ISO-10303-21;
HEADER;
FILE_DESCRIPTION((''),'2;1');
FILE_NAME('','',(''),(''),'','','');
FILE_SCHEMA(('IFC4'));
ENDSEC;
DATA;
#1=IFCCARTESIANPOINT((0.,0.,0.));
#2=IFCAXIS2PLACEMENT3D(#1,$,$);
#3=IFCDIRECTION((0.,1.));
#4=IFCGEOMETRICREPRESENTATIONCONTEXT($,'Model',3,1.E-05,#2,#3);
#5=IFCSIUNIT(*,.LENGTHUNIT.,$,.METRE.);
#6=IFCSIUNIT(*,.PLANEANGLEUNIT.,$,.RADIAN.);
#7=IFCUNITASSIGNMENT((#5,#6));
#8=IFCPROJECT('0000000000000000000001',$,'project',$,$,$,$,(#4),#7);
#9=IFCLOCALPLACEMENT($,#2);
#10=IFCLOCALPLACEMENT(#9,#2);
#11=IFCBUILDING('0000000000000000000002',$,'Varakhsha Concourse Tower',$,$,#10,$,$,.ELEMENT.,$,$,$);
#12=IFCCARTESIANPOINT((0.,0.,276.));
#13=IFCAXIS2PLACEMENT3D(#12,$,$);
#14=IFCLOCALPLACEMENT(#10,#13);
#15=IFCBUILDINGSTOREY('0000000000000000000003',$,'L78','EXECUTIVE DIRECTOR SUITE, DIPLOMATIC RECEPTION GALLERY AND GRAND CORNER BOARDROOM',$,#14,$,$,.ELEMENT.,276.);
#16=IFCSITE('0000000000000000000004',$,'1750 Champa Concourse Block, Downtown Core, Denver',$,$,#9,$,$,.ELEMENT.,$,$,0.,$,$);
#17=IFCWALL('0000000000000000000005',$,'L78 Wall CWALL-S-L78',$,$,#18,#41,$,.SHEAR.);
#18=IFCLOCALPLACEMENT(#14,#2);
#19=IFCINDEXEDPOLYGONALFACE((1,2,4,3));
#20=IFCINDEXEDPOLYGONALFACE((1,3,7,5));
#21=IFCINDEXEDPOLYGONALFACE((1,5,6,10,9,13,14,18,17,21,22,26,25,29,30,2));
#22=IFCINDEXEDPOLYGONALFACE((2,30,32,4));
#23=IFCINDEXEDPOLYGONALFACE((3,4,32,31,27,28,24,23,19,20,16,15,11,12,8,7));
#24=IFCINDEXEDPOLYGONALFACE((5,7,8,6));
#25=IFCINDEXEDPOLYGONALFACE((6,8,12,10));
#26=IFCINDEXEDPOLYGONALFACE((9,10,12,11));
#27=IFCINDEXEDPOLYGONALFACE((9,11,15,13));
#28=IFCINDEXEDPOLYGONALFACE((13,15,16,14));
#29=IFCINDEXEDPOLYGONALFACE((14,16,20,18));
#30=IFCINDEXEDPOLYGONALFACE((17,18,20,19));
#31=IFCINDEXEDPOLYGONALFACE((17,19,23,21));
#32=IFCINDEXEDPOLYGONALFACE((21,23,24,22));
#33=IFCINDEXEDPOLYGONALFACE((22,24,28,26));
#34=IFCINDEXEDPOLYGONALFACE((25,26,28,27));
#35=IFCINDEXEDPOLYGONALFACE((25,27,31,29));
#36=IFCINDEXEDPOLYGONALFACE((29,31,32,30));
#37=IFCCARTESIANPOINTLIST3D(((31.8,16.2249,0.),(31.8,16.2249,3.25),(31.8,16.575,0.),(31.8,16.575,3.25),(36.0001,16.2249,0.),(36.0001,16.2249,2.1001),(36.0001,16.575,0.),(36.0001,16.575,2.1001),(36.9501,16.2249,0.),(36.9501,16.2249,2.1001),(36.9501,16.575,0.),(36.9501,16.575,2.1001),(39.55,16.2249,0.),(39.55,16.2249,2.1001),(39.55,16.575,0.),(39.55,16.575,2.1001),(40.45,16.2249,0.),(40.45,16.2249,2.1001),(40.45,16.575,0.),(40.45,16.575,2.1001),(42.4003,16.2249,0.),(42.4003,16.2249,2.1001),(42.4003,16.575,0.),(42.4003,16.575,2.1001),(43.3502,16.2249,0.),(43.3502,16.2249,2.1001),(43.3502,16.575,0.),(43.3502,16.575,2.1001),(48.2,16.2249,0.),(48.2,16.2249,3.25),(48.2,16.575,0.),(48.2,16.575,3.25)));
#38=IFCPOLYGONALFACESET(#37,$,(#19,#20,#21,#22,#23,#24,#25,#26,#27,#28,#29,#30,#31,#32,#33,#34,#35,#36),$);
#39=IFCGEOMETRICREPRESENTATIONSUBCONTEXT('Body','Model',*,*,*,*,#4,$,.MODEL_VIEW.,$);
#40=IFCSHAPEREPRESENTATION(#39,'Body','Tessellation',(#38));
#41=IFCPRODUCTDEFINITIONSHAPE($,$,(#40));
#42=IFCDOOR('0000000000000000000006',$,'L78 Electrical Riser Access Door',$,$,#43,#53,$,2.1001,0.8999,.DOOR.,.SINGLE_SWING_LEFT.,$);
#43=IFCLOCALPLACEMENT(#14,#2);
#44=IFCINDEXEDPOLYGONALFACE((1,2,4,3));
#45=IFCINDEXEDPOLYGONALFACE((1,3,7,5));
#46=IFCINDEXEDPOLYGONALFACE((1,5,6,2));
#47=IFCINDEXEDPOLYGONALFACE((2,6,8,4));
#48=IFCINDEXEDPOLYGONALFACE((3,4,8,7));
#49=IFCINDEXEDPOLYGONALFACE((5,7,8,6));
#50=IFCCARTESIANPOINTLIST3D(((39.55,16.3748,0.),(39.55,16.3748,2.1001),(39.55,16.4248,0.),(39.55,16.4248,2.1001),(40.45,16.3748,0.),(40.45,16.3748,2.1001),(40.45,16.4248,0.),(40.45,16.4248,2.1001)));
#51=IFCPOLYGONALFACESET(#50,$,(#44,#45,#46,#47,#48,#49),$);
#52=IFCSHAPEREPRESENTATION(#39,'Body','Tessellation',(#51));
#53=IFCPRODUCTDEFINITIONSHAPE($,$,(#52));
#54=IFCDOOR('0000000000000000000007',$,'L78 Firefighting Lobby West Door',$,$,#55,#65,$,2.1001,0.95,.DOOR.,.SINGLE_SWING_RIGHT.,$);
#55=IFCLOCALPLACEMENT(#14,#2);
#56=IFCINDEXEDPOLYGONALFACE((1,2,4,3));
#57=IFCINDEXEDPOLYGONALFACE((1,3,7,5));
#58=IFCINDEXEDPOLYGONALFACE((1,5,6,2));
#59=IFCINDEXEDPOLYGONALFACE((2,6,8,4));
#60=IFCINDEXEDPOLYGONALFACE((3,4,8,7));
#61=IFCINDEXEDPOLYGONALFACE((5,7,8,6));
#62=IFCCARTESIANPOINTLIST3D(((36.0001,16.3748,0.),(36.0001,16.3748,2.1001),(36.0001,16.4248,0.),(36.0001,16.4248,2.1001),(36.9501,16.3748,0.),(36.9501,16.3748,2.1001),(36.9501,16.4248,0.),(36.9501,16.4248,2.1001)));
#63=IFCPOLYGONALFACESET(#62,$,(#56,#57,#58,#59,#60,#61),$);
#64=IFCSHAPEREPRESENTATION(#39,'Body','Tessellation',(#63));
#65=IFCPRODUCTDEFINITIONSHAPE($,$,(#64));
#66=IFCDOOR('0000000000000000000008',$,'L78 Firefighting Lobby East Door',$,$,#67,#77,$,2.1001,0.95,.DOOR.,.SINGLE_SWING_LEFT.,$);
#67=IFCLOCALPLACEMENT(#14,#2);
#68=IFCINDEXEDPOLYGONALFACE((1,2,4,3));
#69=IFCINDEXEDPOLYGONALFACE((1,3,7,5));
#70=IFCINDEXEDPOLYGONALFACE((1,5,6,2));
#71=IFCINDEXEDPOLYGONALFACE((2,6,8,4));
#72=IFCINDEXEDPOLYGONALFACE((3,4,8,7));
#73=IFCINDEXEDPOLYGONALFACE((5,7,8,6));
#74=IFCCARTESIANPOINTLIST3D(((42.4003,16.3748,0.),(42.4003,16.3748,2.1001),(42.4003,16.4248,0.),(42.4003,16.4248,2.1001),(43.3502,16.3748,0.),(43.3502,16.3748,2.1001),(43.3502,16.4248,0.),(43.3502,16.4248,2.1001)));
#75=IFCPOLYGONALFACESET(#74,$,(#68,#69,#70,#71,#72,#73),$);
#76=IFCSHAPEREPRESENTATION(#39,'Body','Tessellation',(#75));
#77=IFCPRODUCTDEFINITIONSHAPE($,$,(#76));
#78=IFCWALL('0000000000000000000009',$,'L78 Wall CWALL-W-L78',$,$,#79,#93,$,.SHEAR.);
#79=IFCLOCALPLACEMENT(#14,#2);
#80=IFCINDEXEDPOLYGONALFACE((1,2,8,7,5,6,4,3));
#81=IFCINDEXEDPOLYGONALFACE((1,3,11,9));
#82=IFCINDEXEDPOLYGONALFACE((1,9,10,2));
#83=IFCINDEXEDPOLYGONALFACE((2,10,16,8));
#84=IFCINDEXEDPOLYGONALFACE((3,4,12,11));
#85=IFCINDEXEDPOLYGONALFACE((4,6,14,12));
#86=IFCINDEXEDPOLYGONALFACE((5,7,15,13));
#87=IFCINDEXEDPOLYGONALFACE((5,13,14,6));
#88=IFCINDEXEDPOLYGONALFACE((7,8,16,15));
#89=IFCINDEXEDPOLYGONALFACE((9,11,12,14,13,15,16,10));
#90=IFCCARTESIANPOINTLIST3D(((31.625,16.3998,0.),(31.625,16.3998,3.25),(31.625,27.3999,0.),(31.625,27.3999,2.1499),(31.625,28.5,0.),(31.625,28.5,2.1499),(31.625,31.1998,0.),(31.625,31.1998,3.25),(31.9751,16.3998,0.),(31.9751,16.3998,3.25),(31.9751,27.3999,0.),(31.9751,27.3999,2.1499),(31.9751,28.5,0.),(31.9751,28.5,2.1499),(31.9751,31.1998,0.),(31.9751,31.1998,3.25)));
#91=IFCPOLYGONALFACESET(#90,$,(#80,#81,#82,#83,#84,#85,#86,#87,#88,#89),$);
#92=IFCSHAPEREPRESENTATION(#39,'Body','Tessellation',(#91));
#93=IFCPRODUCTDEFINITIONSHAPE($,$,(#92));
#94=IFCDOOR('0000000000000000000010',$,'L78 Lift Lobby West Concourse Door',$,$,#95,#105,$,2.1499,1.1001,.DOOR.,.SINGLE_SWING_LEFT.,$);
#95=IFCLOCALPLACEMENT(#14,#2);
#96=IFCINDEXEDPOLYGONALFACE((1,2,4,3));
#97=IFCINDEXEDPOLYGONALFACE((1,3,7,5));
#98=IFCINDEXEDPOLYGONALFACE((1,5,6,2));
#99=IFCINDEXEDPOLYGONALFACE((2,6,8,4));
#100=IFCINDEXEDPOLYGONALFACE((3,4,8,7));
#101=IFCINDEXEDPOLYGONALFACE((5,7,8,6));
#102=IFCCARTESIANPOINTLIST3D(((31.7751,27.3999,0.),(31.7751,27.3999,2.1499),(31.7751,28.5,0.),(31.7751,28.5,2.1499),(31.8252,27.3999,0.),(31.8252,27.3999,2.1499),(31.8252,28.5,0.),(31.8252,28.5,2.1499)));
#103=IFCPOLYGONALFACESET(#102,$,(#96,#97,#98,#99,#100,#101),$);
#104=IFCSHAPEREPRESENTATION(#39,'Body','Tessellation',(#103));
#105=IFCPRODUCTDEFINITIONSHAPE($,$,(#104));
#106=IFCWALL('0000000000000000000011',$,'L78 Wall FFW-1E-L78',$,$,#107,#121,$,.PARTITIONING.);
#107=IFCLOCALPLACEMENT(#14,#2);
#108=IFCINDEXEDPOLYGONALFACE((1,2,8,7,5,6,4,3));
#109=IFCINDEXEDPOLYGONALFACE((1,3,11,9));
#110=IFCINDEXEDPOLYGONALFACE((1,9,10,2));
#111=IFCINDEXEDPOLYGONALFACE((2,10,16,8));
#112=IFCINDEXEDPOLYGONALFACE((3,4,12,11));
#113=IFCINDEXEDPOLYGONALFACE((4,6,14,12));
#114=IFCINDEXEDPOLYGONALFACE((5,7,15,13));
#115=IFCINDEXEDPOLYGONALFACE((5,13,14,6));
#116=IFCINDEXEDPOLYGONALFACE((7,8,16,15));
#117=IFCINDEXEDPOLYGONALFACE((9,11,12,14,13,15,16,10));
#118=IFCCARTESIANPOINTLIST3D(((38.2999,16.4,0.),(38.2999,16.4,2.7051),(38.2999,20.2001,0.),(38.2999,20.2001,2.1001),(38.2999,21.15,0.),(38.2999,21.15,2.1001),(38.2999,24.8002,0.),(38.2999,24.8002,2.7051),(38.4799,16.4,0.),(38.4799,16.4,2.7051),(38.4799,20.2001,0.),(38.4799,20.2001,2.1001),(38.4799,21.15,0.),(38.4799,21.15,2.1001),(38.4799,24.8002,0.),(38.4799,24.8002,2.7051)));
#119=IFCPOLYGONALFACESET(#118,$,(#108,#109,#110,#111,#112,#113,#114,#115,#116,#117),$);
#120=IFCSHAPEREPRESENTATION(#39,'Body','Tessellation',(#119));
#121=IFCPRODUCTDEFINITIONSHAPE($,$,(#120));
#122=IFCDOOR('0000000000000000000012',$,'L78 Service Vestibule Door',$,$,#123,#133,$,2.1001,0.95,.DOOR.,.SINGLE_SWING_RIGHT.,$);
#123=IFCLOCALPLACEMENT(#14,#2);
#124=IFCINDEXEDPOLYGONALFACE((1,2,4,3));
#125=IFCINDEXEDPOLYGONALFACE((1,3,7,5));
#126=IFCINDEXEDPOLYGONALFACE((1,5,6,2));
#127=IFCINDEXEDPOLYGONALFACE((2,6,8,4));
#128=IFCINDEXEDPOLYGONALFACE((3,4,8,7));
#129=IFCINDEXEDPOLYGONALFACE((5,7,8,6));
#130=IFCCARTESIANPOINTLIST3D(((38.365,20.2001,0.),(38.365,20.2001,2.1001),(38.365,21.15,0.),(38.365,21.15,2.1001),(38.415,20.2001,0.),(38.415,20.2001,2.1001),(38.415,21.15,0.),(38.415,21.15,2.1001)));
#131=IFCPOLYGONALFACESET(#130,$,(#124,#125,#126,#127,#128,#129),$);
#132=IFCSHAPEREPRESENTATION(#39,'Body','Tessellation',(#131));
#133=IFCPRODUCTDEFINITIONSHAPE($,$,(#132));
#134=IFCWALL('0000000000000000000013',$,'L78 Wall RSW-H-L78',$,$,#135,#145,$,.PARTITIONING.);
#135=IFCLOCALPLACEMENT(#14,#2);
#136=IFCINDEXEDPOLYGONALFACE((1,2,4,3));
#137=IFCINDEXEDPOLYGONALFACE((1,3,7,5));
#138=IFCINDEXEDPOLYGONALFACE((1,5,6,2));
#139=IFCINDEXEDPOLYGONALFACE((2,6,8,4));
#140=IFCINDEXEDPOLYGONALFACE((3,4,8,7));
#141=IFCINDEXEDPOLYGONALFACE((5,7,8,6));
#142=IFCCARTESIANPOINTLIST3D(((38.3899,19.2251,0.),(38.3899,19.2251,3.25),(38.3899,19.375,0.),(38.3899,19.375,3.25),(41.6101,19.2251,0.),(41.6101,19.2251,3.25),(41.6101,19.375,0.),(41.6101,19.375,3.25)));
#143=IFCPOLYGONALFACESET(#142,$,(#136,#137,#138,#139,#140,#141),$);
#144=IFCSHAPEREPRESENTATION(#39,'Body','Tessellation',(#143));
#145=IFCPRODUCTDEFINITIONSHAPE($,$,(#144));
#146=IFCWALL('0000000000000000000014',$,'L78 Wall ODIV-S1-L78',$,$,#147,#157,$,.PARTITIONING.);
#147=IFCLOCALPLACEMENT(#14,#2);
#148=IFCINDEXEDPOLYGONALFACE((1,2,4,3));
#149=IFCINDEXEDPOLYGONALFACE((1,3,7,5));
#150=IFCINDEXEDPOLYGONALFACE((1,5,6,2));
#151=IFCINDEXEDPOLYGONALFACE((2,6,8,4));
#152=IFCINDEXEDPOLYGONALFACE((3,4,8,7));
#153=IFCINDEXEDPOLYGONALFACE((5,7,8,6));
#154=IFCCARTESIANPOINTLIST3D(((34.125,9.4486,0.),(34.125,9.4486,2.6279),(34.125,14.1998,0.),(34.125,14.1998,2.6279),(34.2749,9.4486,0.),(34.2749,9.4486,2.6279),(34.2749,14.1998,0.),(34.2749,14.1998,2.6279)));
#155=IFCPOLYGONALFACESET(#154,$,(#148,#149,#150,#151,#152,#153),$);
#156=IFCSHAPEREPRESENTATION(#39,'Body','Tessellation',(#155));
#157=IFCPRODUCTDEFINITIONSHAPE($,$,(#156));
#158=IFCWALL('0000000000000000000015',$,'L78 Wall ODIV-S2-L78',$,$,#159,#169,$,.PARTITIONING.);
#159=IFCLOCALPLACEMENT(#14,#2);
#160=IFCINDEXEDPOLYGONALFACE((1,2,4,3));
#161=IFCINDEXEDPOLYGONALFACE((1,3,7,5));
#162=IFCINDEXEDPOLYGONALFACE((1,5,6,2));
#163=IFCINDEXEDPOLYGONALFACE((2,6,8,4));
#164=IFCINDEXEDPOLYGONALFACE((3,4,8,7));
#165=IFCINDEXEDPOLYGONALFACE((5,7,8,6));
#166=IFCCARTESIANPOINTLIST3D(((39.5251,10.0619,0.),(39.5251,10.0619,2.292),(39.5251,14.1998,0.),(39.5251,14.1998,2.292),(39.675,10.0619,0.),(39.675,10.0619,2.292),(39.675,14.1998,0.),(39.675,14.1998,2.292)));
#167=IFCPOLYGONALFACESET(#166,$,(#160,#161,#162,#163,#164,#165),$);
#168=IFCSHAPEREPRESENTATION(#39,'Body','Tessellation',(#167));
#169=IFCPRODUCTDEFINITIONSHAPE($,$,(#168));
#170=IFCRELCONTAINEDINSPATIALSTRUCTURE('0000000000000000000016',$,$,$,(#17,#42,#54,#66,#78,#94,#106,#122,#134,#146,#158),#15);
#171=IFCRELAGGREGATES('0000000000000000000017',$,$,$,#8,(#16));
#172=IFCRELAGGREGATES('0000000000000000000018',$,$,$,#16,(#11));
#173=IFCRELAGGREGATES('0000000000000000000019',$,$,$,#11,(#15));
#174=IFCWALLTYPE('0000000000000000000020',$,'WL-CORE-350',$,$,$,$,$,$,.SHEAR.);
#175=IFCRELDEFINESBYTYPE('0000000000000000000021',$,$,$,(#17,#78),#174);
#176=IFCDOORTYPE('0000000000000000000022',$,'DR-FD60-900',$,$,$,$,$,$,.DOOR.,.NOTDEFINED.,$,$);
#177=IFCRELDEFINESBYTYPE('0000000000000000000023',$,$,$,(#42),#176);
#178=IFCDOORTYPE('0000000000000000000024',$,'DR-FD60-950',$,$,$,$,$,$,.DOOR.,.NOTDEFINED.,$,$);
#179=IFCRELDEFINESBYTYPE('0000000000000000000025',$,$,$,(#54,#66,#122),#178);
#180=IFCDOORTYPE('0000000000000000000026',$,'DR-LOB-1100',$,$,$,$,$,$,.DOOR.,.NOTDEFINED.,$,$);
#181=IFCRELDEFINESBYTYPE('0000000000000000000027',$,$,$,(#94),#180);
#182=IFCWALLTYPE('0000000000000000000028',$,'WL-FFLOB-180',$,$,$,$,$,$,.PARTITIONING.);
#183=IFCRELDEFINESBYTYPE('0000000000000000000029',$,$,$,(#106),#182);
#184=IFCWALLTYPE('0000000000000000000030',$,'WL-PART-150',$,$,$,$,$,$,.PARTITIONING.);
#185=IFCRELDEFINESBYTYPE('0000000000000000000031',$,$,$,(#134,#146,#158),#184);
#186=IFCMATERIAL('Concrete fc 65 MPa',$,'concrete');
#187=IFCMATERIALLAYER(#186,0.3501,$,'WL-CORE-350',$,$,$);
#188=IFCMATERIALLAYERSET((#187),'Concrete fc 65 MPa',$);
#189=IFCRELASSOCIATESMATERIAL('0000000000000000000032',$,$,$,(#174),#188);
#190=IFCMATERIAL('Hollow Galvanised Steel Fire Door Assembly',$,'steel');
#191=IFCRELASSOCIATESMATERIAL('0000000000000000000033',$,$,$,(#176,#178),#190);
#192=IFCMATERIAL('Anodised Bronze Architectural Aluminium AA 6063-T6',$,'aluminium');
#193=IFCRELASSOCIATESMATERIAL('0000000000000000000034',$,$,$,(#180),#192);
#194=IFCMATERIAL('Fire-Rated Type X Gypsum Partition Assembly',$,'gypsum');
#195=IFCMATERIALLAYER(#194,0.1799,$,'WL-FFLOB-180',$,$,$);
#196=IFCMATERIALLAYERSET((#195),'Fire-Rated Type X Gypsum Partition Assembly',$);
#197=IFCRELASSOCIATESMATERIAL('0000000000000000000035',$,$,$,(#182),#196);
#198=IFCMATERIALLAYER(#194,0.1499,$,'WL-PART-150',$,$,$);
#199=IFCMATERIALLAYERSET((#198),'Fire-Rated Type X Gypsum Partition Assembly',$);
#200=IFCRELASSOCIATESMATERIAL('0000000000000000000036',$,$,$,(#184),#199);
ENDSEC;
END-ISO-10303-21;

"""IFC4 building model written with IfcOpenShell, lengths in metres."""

from ifc_helpers import new_model, si_unit, direction, frame, frame_2d, origin, place, context, subcontext, project, spatial, rectangle, extrude, material, layer, layer_set, type_object, element, fill, save


model = new_model("IFC4")

# Units and contexts
model_context = context("Model", 3, precision=1e-05, world=origin(), true_north=direction((0.0, 1.0)))
body_context = subcontext(model_context, "Body", "Model", "MODEL_VIEW")
ifc_project = project(units=[si_unit("LENGTHUNIT", "METRE"), si_unit("PLANEANGLEUNIT", "RADIAN")], contexts=[model_context])

# Site, building, storey
site_placement = place(None, origin())
site = spatial("IfcSite", under=ifc_project, at=site_placement, Name="1750 Champa Concourse Block, Downtown Core, Denver", CompositionType="ELEMENT", RefElevation=0.0)
building_placement = place(site_placement, origin())
building = spatial("IfcBuilding", under=site, at=building_placement, Name="Varakhsha Concourse Tower", CompositionType="ELEMENT")
storey_placement = place(building_placement, frame((0.0, 0.0, 276.0)))
storey = spatial("IfcBuildingStorey", under=building, at=storey_placement, Name="L78", Description="EXECUTIVE DIRECTOR SUITE, DIPLOMATIC RECEPTION GALLERY AND GRAND CORNER BOARDROOM", CompositionType="ELEMENT", Elevation=276.0)

# Shared definitions
ifc_material_1 = material(Name="Anodised Bronze Architectural Aluminium AA 6063-T6", Category="aluminium")

# Wall, openings, doors
ifc_material_2 = material(Name="Concrete fc 65 MPa", Category="concrete")
ifc_layer_1 = layer(ifc_material_2, 0.3501, Name="WL-CORE-350")
ifc_layer_set_1 = layer_set([ifc_layer_1], Name="Concrete fc 65 MPa")
wall_type_1 = type_object("IfcWallType", Name="WL-CORE-350", PredefinedType="SHEAR", material=ifc_layer_set_1)
wall_1_placement = place(storey_placement, frame((31.8, 16.3999, 0.0), z_axis=(0.0, 0.0, 1.0), x_axis=(1.0, 0.0, 0.0)))
wall_1 = element("IfcWall", 1, at=wall_1_placement, inside=storey, type_object=wall_type_1, Name="L78 Wall CWALL-S-L78", PredefinedType="SHEAR", context=body_context, shape_type="SweptSolid", body=[
    extrude(rectangle(XDim=16.3999, YDim=0.3501, at=frame_2d((8.2, 0.0))), origin(), (0.0, 0.0, 1.0), 3.25),
])
opening_1_placement = place(wall_1_placement, frame((7.75, 0.0, 0.0)))
opening_1 = element("IfcOpeningElement", 2, at=opening_1_placement, cuts=wall_1, PredefinedType="OPENING", context=body_context, shape_type="SweptSolid", body=[
    extrude(rectangle(XDim=0.8999, YDim=2.1001, at=frame_2d((0.45, 1.05))), frame((0.0, 0.1851, 0.0), z_axis=(0.0, -1.0, 0.0), x_axis=(1.0, 0.0, 0.0)), (0.0, 0.0, 1.0), 0.3701),
])
opening_2_placement = place(wall_1_placement, frame((4.2, 0.0, 0.0)))
opening_2 = element("IfcOpeningElement", 3, at=opening_2_placement, cuts=wall_1, PredefinedType="OPENING", context=body_context, shape_type="SweptSolid", body=[
    extrude(rectangle(XDim=0.95, YDim=2.1001, at=frame_2d((0.4751, 1.05))), frame((0.0, 0.1851, 0.0), z_axis=(0.0, -1.0, 0.0), x_axis=(1.0, 0.0, 0.0)), (0.0, 0.0, 1.0), 0.3701),
])
opening_3_placement = place(wall_1_placement, frame((10.6001, 0.0, 0.0)))
opening_3 = element("IfcOpeningElement", 4, at=opening_3_placement, cuts=wall_1, PredefinedType="OPENING", context=body_context, shape_type="SweptSolid", body=[
    extrude(rectangle(XDim=0.95, YDim=2.1001, at=frame_2d((0.4751, 1.05))), frame((0.0, 0.1851, 0.0), z_axis=(0.0, -1.0, 0.0), x_axis=(1.0, 0.0, 0.0)), (0.0, 0.0, 1.0), 0.3701),
])
ifc_material_3 = material(Name="Hollow Galvanised Steel Fire Door Assembly", Category="steel")
door_type_1 = type_object("IfcDoorType", Name="DR-FD60-900", OperationType="NOTDEFINED", PredefinedType="DOOR", material=ifc_material_3)
door_1_placement = place(opening_1_placement, origin())
door_1 = element("IfcDoor", 5, at=door_1_placement, inside=storey, type_object=door_type_1, Name="L78 Electrical Riser Access Door", OperationType="SINGLE_SWING_LEFT", OverallHeight=2.1001, OverallWidth=0.8999, PredefinedType="DOOR", context=body_context, shape_type="SweptSolid", body=[
    extrude(rectangle(XDim=0.8999, YDim=2.1001, at=frame_2d((0.45, 1.05))), frame((0.0, 0.0249, 0.0), z_axis=(0.0, -1.0, 0.0), x_axis=(1.0, 0.0, 0.0)), (0.0, 0.0, 1.0), 0.05),
])
fill(opening_1, door_1)
door_type_2 = type_object("IfcDoorType", Name="DR-FD60-950", OperationType="NOTDEFINED", PredefinedType="DOOR", material=ifc_material_3)
door_2_placement = place(opening_2_placement, origin())
door_2 = element("IfcDoor", 6, at=door_2_placement, inside=storey, type_object=door_type_2, Name="L78 Firefighting Lobby West Door", OperationType="SINGLE_SWING_RIGHT", OverallHeight=2.1001, OverallWidth=0.95, PredefinedType="DOOR", context=body_context, shape_type="SweptSolid", body=[
    extrude(rectangle(XDim=0.95, YDim=2.1001, at=frame_2d((0.4751, 1.05))), frame((0.0, 0.0249, 0.0), z_axis=(0.0, -1.0, 0.0), x_axis=(1.0, 0.0, 0.0)), (0.0, 0.0, 1.0), 0.05),
])
fill(opening_2, door_2)
door_3_placement = place(opening_3_placement, origin())
door_3 = element("IfcDoor", 7, at=door_3_placement, inside=storey, type_object=door_type_2, Name="L78 Firefighting Lobby East Door", OperationType="SINGLE_SWING_LEFT", OverallHeight=2.1001, OverallWidth=0.95, PredefinedType="DOOR", context=body_context, shape_type="SweptSolid", body=[
    extrude(rectangle(XDim=0.95, YDim=2.1001, at=frame_2d((0.4751, 1.05))), frame((0.0, 0.0249, 0.0), z_axis=(0.0, -1.0, 0.0), x_axis=(1.0, 0.0, 0.0)), (0.0, 0.0, 1.0), 0.05),
])
fill(opening_3, door_3)

# Walls, openings, doors
wall_2_placement = place(storey_placement, frame((31.8, 16.3999, 0.0), z_axis=(0.0, 0.0, 1.0), x_axis=(0.0, 1.0, 0.0)))
wall_2 = element("IfcWall", 8, at=wall_2_placement, inside=storey, type_object=wall_type_1, Name="L78 Wall CWALL-W-L78", PredefinedType="SHEAR", context=body_context, shape_type="SweptSolid", body=[
    extrude(rectangle(XDim=14.8, YDim=0.3501, at=frame_2d((7.3999, 0.0))), origin(), (0.0, 0.0, 1.0), 3.25),
])
opening_4_placement = place(wall_2_placement, frame((11.0, 0.0, 0.0)))
opening_4 = element("IfcOpeningElement", 9, at=opening_4_placement, cuts=wall_2, PredefinedType="OPENING", context=body_context, shape_type="SweptSolid", body=[
    extrude(rectangle(XDim=1.1001, YDim=2.1499, at=frame_2d((0.55, 1.075))), frame((0.0, 0.1851, 0.0), z_axis=(0.0, -1.0, 0.0), x_axis=(1.0, 0.0, 0.0)), (0.0, 0.0, 1.0), 0.3701),
])
door_type_3 = type_object("IfcDoorType", Name="DR-LOB-1100", OperationType="NOTDEFINED", PredefinedType="DOOR", material=ifc_material_1)
door_4_placement = place(opening_4_placement, origin())
door_4 = element("IfcDoor", 10, at=door_4_placement, inside=storey, type_object=door_type_3, Name="L78 Lift Lobby West Concourse Door", OperationType="SINGLE_SWING_LEFT", OverallHeight=2.1499, OverallWidth=1.1001, PredefinedType="DOOR", context=body_context, shape_type="SweptSolid", body=[
    extrude(rectangle(XDim=1.1001, YDim=2.1499, at=frame_2d((0.55, 1.075))), frame((0.0, 0.0249, 0.0), z_axis=(0.0, -1.0, 0.0), x_axis=(1.0, 0.0, 0.0)), (0.0, 0.0, 1.0), 0.05),
])
fill(opening_4, door_4)
ifc_material_4 = material(Name="Fire-Rated Type X Gypsum Partition Assembly", Category="gypsum")
ifc_layer_2 = layer(ifc_material_4, 0.1799, Name="WL-FFLOB-180")
ifc_layer_set_2 = layer_set([ifc_layer_2], Name="Fire-Rated Type X Gypsum Partition Assembly")
wall_type_2 = type_object("IfcWallType", Name="WL-FFLOB-180", PredefinedType="PARTITIONING", material=ifc_layer_set_2)
wall_3_placement = place(storey_placement, frame((38.3899, 16.3999, 0.0), z_axis=(0.0, 0.0, 1.0), x_axis=(0.0, 1.0, 0.0)))
wall_3 = element("IfcWall", 11, at=wall_3_placement, inside=storey, type_object=wall_type_2, Name="L78 Wall FFW-1E-L78", PredefinedType="PARTITIONING", context=body_context, shape_type="SweptSolid", body=[
    extrude(rectangle(XDim=8.4001, YDim=0.1799, at=frame_2d((4.2002, 0.0))), origin(), (0.0, 0.0, 1.0), 2.7051),
])
opening_5_placement = place(wall_3_placement, frame((3.8, 0.0, 0.0)))
opening_5 = element("IfcOpeningElement", 12, at=opening_5_placement, cuts=wall_3, PredefinedType="OPENING", context=body_context, shape_type="SweptSolid", body=[
    extrude(rectangle(XDim=0.95, YDim=2.1001, at=frame_2d((0.4751, 1.05))), frame((0.0, 0.0999, 0.0), z_axis=(0.0, -1.0, 0.0), x_axis=(1.0, 0.0, 0.0)), (0.0, 0.0, 1.0), 0.2),
])
door_5_placement = place(opening_5_placement, origin())
door_5 = element("IfcDoor", 13, at=door_5_placement, inside=storey, type_object=door_type_2, Name="L78 Service Vestibule Door", OperationType="SINGLE_SWING_RIGHT", OverallHeight=2.1001, OverallWidth=0.95, PredefinedType="DOOR", context=body_context, shape_type="SweptSolid", body=[
    extrude(rectangle(XDim=0.95, YDim=2.1001, at=frame_2d((0.4751, 1.05))), frame((0.0, 0.0249, 0.0), z_axis=(0.0, -1.0, 0.0), x_axis=(1.0, 0.0, 0.0)), (0.0, 0.0, 1.0), 0.05),
])
fill(opening_5, door_5)

# Walls
ifc_layer_3 = layer(ifc_material_4, 0.1499, Name="WL-PART-150")
ifc_layer_set_3 = layer_set([ifc_layer_3], Name="Fire-Rated Type X Gypsum Partition Assembly")
wall_type_3 = type_object("IfcWallType", Name="WL-PART-150", PredefinedType="PARTITIONING", material=ifc_layer_set_3)
wall_4_placement = place(storey_placement, frame((38.3899, 19.3, 0.0), z_axis=(0.0, 0.0, 1.0), x_axis=(1.0, 0.0, 0.0)))
element("IfcWall", 14, at=wall_4_placement, inside=storey, type_object=wall_type_3, Name="L78 Wall RSW-H-L78", PredefinedType="PARTITIONING", context=body_context, shape_type="SweptSolid", body=[
    extrude(rectangle(XDim=3.2202, YDim=0.1499, at=frame_2d((1.6101, 0.0))), origin(), (0.0, 0.0, 1.0), 3.25),
])
wall_5_placement = place(storey_placement, frame((34.2, 9.4487, 0.0), z_axis=(0.0, 0.0, 1.0), x_axis=(0.0, 1.0, 0.0)))
element("IfcWall", 15, at=wall_5_placement, inside=storey, type_object=wall_type_3, Name="L78 Wall ODIV-S1-L78", PredefinedType="PARTITIONING", context=body_context, shape_type="SweptSolid", body=[
    extrude(rectangle(XDim=4.7512, YDim=0.1499, at=frame_2d((2.3755, 0.0))), origin(), (0.0, 0.0, 1.0), 2.6279),
])
wall_6_placement = place(storey_placement, frame((39.6001, 10.062, 0.0), z_axis=(0.0, 0.0, 1.0), x_axis=(0.0, 1.0, 0.0)))
element("IfcWall", 16, at=wall_6_placement, inside=storey, type_object=wall_type_3, Name="L78 Wall ODIV-S2-L78", PredefinedType="PARTITIONING", context=body_context, shape_type="SweptSolid", body=[
    extrude(rectangle(XDim=4.1379, YDim=0.1499, at=frame_2d((2.0688, 0.0))), origin(), (0.0, 0.0, 1.0), 2.292),
])

save(model, "model.ifc")
